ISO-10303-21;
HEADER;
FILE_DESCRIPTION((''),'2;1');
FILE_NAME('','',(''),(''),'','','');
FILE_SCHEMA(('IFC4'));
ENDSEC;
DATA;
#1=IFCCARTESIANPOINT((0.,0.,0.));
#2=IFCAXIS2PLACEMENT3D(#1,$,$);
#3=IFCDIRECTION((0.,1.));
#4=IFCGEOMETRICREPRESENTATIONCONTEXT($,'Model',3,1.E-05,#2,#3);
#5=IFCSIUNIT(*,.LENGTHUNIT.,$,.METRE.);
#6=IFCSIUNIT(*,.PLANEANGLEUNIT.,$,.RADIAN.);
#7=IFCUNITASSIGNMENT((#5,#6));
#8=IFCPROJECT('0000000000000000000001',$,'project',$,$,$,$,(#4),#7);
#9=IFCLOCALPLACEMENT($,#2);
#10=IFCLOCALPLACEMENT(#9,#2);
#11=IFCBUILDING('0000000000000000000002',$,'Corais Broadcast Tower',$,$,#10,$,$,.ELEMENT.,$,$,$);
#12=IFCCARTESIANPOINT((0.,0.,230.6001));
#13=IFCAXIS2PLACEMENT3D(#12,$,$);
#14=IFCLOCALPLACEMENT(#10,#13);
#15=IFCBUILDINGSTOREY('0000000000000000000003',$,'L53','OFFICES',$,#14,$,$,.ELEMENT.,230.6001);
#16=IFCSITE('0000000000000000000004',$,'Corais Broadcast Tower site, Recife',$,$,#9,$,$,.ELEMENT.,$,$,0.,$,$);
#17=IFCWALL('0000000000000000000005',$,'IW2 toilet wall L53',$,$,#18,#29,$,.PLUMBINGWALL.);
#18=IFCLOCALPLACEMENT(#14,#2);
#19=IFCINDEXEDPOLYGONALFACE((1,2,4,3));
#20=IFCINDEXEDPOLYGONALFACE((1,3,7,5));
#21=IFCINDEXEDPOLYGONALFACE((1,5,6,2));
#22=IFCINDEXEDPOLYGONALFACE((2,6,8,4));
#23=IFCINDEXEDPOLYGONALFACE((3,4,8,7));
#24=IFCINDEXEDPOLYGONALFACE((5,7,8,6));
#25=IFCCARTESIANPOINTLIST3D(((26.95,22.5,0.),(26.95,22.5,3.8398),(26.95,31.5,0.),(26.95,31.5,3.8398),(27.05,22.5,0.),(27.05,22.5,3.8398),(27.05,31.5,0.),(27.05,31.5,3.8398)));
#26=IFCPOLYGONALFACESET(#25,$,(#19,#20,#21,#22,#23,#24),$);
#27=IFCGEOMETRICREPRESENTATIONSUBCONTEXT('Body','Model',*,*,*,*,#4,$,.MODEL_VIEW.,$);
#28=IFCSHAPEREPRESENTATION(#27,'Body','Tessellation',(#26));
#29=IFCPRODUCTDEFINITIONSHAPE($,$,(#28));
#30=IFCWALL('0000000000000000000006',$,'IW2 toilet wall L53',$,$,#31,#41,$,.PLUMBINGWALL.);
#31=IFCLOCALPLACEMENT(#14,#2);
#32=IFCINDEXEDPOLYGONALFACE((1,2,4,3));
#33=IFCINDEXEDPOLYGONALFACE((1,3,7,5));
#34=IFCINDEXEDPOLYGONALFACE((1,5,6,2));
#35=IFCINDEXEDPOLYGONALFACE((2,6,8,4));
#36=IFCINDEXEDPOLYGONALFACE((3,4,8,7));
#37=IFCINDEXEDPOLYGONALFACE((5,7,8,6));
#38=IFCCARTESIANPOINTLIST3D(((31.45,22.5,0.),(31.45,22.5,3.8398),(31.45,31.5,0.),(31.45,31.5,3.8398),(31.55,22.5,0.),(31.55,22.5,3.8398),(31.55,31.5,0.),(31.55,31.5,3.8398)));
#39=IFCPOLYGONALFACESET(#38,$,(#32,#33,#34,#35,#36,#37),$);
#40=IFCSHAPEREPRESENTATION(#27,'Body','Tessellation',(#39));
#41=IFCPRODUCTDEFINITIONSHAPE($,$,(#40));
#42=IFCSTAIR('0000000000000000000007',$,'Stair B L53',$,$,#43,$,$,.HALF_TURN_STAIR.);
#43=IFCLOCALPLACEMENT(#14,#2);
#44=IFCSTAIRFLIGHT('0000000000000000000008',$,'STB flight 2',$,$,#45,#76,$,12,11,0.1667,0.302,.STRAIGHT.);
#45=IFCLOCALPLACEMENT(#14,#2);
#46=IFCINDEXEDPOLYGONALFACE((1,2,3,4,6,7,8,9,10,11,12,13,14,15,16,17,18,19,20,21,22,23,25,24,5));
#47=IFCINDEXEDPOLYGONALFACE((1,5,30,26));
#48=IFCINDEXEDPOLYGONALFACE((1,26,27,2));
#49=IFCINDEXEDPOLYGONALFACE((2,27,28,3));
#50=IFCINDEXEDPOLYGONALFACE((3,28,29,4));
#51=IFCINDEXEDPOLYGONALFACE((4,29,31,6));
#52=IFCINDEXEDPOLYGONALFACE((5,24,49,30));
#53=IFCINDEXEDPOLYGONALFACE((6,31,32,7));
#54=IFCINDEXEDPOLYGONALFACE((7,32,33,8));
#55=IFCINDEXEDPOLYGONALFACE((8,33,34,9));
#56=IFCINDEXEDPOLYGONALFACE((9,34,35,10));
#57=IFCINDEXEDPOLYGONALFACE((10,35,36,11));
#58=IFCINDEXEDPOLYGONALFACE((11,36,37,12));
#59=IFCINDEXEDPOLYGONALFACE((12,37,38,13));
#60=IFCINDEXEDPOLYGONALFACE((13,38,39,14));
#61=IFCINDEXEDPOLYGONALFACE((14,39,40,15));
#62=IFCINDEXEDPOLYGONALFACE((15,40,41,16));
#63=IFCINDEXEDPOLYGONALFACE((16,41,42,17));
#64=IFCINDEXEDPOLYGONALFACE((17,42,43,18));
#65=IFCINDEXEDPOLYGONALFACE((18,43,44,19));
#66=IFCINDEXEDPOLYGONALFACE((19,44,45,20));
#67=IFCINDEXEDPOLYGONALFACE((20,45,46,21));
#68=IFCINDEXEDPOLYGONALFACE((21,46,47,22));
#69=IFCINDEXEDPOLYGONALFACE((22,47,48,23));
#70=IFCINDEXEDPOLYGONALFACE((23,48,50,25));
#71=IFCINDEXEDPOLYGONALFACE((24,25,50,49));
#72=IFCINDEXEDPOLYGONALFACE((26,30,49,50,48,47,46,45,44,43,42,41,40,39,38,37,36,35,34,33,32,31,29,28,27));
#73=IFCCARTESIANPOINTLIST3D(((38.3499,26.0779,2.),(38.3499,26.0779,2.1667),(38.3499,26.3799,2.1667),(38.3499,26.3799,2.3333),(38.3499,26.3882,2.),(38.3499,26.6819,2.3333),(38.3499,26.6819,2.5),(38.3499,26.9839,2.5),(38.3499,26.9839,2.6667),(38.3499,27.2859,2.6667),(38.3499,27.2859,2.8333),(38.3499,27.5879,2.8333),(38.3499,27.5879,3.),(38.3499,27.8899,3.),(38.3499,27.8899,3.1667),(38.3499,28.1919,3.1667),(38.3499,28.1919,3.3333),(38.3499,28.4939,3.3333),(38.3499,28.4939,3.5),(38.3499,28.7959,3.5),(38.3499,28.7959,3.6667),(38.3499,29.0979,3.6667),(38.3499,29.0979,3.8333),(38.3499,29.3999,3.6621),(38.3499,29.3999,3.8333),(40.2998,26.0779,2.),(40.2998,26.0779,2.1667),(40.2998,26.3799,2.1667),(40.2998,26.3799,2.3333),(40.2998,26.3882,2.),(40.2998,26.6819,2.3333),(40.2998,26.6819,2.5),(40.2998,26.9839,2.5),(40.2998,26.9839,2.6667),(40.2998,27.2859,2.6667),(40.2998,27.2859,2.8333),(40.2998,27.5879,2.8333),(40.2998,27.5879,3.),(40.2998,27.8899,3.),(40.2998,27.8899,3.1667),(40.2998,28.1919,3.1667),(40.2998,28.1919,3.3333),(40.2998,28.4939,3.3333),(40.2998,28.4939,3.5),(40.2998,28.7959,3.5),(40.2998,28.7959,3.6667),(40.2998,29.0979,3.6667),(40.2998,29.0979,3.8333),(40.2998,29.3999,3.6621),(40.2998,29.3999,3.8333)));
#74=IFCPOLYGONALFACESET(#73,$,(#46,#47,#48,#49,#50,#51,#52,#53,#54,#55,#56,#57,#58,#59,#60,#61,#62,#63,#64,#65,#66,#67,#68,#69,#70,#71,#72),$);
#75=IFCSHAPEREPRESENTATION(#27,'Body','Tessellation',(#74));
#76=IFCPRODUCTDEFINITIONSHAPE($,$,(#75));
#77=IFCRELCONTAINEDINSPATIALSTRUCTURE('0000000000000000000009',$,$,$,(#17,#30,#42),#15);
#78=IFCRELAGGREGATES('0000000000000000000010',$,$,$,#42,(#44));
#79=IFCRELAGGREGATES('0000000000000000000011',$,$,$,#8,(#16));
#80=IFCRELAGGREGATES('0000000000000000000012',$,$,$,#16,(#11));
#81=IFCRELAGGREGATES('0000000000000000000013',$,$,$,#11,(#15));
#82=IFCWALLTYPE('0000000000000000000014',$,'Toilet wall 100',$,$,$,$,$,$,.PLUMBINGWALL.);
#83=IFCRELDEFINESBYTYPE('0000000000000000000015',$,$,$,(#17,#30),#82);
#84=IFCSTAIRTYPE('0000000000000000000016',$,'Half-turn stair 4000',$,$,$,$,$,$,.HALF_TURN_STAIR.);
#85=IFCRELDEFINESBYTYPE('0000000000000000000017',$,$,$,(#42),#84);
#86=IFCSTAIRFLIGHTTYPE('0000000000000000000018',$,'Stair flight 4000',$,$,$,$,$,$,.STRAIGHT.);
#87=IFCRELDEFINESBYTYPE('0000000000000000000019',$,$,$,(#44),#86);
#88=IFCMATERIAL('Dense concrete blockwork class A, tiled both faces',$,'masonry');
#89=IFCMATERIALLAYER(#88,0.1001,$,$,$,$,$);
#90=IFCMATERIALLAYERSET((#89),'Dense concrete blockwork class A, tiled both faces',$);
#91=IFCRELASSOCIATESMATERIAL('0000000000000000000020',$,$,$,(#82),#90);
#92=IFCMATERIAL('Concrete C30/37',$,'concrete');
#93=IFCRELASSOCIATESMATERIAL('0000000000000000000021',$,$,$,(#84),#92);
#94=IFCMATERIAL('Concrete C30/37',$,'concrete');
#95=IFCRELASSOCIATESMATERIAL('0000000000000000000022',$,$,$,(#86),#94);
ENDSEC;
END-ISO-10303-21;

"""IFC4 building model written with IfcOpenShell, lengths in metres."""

from ifc_helpers import new_model, si_unit, direction, frame, frame_2d, origin, place, context, subcontext, project, spatial, polyline, rectangle, outline, extrude, material, layer, layer_set, type_object, element, aggregate, save


model = new_model("IFC4")

# Units and contexts
model_context = context("Model", 3, precision=1e-05, world=origin(), true_north=direction((0.0, 1.0)))
body_context = subcontext(model_context, "Body", "Model", "MODEL_VIEW")
ifc_project = project(units=[si_unit("LENGTHUNIT", "METRE"), si_unit("PLANEANGLEUNIT", "RADIAN")], contexts=[model_context])

# Site, building, storey
site_placement = place(None, origin())
site = spatial("IfcSite", under=ifc_project, at=site_placement, Name="Corais Broadcast Tower site, Recife", CompositionType="ELEMENT", RefElevation=0.0)
building_placement = place(site_placement, origin())
building = spatial("IfcBuilding", under=site, at=building_placement, Name="Corais Broadcast Tower", CompositionType="ELEMENT")
storey_placement = place(building_placement, frame((0.0, 0.0, 230.6001)))
storey = spatial("IfcBuildingStorey", under=building, at=storey_placement, Name="L53", Description="OFFICES", CompositionType="ELEMENT", Elevation=230.6001)

# Walls
ifc_material_1 = material(Name="Dense concrete blockwork class A, tiled both faces", Category="masonry")
ifc_layer_1 = layer(ifc_material_1, 0.1001)
ifc_layer_set_1 = layer_set([ifc_layer_1], Name="Dense concrete blockwork class A, tiled both faces")
wall_type_1 = type_object("IfcWallType", Name="Toilet wall 100", PredefinedType="PLUMBINGWALL", material=ifc_layer_set_1)
for number, where, z_axis, x_axis, name in (
    (1, (27.0, 22.5, 0.0), (0.0, 0.0, 1.0), (0.0, 1.0, 0.0), "IW2 toilet wall L53"),
    (2, (31.5, 22.5, 0.0), (0.0, 0.0, 1.0), (0.0, 1.0, 0.0), "IW2 toilet wall L53"),
):
    element("IfcWall", number, at=place(storey_placement, frame(where, z_axis=z_axis, x_axis=x_axis)), inside=storey, type_object=wall_type_1, Name=name, PredefinedType="PLUMBINGWALL", context=body_context, shape_type="SweptSolid", body=[
        extrude(rectangle(XDim=9.0, YDim=0.1001, at=frame_2d((4.5, 0.0))), origin(), (0.0, 0.0, 1.0), 3.8398),
    ])

# Stair, stair flight
ifc_material_2 = material(Name="Concrete C30/37", Category="concrete")
stair_type = type_object("IfcStairType", Name="Half-turn stair 4000", PredefinedType="HALF_TURN_STAIR", material=ifc_material_2)
stair_placement = place(storey_placement, origin())
stair = element("IfcStair", 3, at=stair_placement, inside=storey, type_object=stair_type, Name="Stair B L53", PredefinedType="HALF_TURN_STAIR")
ifc_material_3 = material(Name="Concrete C30/37", Category="concrete")
stair_flight_type = type_object("IfcStairFlightType", Name="Stair flight 4000", PredefinedType="STRAIGHT", material=ifc_material_3)
stair_flight_placement = place(storey_placement, frame((39.325, 26.0779, 2.0), z_axis=(0.0, 0.0, 1.0), x_axis=(0.0, 1.0, 0.0)))
stair_flight = element("IfcStairFlight", 4, at=stair_flight_placement, type_object=stair_flight_type, Name="STB flight 2", NumberOfRisers=12, NumberOfTreads=11, PredefinedType="STRAIGHT", RiserHeight=0.1667, TreadLength=0.302, context=body_context, shape_type="SweptSolid", body=[
    extrude(outline(polyline([(0.0, 0.0), (0.0, 0.1667), (0.302, 0.1667), (0.302, 0.3333), (0.604, 0.3333), (0.604, 0.5), (0.906, 0.5), (0.906, 0.6667), (1.208, 0.6667), (1.208, 0.8333), (1.51, 0.8333), (1.51, 1.0), (1.812, 1.0), (1.812, 1.1667), (2.114, 1.1667), (2.114, 1.3333), (2.416, 1.3333), (2.416, 1.5), (2.718, 1.5), (2.718, 1.6667), (3.02, 1.6667), (3.02, 1.8333), (3.322, 1.8333), (3.322, 2.0), (3.322, 1.6621), (0.3103, 0.0), (0.0, 0.0)])), frame((0.0, 0.9751, 0.0), z_axis=(0.0, -1.0, 0.0), x_axis=(1.0, 0.0, 0.0)), (0.0, 0.0, 1.0), 1.95),
])
aggregate(stair, [stair_flight])

save(model, "model.ifc")
